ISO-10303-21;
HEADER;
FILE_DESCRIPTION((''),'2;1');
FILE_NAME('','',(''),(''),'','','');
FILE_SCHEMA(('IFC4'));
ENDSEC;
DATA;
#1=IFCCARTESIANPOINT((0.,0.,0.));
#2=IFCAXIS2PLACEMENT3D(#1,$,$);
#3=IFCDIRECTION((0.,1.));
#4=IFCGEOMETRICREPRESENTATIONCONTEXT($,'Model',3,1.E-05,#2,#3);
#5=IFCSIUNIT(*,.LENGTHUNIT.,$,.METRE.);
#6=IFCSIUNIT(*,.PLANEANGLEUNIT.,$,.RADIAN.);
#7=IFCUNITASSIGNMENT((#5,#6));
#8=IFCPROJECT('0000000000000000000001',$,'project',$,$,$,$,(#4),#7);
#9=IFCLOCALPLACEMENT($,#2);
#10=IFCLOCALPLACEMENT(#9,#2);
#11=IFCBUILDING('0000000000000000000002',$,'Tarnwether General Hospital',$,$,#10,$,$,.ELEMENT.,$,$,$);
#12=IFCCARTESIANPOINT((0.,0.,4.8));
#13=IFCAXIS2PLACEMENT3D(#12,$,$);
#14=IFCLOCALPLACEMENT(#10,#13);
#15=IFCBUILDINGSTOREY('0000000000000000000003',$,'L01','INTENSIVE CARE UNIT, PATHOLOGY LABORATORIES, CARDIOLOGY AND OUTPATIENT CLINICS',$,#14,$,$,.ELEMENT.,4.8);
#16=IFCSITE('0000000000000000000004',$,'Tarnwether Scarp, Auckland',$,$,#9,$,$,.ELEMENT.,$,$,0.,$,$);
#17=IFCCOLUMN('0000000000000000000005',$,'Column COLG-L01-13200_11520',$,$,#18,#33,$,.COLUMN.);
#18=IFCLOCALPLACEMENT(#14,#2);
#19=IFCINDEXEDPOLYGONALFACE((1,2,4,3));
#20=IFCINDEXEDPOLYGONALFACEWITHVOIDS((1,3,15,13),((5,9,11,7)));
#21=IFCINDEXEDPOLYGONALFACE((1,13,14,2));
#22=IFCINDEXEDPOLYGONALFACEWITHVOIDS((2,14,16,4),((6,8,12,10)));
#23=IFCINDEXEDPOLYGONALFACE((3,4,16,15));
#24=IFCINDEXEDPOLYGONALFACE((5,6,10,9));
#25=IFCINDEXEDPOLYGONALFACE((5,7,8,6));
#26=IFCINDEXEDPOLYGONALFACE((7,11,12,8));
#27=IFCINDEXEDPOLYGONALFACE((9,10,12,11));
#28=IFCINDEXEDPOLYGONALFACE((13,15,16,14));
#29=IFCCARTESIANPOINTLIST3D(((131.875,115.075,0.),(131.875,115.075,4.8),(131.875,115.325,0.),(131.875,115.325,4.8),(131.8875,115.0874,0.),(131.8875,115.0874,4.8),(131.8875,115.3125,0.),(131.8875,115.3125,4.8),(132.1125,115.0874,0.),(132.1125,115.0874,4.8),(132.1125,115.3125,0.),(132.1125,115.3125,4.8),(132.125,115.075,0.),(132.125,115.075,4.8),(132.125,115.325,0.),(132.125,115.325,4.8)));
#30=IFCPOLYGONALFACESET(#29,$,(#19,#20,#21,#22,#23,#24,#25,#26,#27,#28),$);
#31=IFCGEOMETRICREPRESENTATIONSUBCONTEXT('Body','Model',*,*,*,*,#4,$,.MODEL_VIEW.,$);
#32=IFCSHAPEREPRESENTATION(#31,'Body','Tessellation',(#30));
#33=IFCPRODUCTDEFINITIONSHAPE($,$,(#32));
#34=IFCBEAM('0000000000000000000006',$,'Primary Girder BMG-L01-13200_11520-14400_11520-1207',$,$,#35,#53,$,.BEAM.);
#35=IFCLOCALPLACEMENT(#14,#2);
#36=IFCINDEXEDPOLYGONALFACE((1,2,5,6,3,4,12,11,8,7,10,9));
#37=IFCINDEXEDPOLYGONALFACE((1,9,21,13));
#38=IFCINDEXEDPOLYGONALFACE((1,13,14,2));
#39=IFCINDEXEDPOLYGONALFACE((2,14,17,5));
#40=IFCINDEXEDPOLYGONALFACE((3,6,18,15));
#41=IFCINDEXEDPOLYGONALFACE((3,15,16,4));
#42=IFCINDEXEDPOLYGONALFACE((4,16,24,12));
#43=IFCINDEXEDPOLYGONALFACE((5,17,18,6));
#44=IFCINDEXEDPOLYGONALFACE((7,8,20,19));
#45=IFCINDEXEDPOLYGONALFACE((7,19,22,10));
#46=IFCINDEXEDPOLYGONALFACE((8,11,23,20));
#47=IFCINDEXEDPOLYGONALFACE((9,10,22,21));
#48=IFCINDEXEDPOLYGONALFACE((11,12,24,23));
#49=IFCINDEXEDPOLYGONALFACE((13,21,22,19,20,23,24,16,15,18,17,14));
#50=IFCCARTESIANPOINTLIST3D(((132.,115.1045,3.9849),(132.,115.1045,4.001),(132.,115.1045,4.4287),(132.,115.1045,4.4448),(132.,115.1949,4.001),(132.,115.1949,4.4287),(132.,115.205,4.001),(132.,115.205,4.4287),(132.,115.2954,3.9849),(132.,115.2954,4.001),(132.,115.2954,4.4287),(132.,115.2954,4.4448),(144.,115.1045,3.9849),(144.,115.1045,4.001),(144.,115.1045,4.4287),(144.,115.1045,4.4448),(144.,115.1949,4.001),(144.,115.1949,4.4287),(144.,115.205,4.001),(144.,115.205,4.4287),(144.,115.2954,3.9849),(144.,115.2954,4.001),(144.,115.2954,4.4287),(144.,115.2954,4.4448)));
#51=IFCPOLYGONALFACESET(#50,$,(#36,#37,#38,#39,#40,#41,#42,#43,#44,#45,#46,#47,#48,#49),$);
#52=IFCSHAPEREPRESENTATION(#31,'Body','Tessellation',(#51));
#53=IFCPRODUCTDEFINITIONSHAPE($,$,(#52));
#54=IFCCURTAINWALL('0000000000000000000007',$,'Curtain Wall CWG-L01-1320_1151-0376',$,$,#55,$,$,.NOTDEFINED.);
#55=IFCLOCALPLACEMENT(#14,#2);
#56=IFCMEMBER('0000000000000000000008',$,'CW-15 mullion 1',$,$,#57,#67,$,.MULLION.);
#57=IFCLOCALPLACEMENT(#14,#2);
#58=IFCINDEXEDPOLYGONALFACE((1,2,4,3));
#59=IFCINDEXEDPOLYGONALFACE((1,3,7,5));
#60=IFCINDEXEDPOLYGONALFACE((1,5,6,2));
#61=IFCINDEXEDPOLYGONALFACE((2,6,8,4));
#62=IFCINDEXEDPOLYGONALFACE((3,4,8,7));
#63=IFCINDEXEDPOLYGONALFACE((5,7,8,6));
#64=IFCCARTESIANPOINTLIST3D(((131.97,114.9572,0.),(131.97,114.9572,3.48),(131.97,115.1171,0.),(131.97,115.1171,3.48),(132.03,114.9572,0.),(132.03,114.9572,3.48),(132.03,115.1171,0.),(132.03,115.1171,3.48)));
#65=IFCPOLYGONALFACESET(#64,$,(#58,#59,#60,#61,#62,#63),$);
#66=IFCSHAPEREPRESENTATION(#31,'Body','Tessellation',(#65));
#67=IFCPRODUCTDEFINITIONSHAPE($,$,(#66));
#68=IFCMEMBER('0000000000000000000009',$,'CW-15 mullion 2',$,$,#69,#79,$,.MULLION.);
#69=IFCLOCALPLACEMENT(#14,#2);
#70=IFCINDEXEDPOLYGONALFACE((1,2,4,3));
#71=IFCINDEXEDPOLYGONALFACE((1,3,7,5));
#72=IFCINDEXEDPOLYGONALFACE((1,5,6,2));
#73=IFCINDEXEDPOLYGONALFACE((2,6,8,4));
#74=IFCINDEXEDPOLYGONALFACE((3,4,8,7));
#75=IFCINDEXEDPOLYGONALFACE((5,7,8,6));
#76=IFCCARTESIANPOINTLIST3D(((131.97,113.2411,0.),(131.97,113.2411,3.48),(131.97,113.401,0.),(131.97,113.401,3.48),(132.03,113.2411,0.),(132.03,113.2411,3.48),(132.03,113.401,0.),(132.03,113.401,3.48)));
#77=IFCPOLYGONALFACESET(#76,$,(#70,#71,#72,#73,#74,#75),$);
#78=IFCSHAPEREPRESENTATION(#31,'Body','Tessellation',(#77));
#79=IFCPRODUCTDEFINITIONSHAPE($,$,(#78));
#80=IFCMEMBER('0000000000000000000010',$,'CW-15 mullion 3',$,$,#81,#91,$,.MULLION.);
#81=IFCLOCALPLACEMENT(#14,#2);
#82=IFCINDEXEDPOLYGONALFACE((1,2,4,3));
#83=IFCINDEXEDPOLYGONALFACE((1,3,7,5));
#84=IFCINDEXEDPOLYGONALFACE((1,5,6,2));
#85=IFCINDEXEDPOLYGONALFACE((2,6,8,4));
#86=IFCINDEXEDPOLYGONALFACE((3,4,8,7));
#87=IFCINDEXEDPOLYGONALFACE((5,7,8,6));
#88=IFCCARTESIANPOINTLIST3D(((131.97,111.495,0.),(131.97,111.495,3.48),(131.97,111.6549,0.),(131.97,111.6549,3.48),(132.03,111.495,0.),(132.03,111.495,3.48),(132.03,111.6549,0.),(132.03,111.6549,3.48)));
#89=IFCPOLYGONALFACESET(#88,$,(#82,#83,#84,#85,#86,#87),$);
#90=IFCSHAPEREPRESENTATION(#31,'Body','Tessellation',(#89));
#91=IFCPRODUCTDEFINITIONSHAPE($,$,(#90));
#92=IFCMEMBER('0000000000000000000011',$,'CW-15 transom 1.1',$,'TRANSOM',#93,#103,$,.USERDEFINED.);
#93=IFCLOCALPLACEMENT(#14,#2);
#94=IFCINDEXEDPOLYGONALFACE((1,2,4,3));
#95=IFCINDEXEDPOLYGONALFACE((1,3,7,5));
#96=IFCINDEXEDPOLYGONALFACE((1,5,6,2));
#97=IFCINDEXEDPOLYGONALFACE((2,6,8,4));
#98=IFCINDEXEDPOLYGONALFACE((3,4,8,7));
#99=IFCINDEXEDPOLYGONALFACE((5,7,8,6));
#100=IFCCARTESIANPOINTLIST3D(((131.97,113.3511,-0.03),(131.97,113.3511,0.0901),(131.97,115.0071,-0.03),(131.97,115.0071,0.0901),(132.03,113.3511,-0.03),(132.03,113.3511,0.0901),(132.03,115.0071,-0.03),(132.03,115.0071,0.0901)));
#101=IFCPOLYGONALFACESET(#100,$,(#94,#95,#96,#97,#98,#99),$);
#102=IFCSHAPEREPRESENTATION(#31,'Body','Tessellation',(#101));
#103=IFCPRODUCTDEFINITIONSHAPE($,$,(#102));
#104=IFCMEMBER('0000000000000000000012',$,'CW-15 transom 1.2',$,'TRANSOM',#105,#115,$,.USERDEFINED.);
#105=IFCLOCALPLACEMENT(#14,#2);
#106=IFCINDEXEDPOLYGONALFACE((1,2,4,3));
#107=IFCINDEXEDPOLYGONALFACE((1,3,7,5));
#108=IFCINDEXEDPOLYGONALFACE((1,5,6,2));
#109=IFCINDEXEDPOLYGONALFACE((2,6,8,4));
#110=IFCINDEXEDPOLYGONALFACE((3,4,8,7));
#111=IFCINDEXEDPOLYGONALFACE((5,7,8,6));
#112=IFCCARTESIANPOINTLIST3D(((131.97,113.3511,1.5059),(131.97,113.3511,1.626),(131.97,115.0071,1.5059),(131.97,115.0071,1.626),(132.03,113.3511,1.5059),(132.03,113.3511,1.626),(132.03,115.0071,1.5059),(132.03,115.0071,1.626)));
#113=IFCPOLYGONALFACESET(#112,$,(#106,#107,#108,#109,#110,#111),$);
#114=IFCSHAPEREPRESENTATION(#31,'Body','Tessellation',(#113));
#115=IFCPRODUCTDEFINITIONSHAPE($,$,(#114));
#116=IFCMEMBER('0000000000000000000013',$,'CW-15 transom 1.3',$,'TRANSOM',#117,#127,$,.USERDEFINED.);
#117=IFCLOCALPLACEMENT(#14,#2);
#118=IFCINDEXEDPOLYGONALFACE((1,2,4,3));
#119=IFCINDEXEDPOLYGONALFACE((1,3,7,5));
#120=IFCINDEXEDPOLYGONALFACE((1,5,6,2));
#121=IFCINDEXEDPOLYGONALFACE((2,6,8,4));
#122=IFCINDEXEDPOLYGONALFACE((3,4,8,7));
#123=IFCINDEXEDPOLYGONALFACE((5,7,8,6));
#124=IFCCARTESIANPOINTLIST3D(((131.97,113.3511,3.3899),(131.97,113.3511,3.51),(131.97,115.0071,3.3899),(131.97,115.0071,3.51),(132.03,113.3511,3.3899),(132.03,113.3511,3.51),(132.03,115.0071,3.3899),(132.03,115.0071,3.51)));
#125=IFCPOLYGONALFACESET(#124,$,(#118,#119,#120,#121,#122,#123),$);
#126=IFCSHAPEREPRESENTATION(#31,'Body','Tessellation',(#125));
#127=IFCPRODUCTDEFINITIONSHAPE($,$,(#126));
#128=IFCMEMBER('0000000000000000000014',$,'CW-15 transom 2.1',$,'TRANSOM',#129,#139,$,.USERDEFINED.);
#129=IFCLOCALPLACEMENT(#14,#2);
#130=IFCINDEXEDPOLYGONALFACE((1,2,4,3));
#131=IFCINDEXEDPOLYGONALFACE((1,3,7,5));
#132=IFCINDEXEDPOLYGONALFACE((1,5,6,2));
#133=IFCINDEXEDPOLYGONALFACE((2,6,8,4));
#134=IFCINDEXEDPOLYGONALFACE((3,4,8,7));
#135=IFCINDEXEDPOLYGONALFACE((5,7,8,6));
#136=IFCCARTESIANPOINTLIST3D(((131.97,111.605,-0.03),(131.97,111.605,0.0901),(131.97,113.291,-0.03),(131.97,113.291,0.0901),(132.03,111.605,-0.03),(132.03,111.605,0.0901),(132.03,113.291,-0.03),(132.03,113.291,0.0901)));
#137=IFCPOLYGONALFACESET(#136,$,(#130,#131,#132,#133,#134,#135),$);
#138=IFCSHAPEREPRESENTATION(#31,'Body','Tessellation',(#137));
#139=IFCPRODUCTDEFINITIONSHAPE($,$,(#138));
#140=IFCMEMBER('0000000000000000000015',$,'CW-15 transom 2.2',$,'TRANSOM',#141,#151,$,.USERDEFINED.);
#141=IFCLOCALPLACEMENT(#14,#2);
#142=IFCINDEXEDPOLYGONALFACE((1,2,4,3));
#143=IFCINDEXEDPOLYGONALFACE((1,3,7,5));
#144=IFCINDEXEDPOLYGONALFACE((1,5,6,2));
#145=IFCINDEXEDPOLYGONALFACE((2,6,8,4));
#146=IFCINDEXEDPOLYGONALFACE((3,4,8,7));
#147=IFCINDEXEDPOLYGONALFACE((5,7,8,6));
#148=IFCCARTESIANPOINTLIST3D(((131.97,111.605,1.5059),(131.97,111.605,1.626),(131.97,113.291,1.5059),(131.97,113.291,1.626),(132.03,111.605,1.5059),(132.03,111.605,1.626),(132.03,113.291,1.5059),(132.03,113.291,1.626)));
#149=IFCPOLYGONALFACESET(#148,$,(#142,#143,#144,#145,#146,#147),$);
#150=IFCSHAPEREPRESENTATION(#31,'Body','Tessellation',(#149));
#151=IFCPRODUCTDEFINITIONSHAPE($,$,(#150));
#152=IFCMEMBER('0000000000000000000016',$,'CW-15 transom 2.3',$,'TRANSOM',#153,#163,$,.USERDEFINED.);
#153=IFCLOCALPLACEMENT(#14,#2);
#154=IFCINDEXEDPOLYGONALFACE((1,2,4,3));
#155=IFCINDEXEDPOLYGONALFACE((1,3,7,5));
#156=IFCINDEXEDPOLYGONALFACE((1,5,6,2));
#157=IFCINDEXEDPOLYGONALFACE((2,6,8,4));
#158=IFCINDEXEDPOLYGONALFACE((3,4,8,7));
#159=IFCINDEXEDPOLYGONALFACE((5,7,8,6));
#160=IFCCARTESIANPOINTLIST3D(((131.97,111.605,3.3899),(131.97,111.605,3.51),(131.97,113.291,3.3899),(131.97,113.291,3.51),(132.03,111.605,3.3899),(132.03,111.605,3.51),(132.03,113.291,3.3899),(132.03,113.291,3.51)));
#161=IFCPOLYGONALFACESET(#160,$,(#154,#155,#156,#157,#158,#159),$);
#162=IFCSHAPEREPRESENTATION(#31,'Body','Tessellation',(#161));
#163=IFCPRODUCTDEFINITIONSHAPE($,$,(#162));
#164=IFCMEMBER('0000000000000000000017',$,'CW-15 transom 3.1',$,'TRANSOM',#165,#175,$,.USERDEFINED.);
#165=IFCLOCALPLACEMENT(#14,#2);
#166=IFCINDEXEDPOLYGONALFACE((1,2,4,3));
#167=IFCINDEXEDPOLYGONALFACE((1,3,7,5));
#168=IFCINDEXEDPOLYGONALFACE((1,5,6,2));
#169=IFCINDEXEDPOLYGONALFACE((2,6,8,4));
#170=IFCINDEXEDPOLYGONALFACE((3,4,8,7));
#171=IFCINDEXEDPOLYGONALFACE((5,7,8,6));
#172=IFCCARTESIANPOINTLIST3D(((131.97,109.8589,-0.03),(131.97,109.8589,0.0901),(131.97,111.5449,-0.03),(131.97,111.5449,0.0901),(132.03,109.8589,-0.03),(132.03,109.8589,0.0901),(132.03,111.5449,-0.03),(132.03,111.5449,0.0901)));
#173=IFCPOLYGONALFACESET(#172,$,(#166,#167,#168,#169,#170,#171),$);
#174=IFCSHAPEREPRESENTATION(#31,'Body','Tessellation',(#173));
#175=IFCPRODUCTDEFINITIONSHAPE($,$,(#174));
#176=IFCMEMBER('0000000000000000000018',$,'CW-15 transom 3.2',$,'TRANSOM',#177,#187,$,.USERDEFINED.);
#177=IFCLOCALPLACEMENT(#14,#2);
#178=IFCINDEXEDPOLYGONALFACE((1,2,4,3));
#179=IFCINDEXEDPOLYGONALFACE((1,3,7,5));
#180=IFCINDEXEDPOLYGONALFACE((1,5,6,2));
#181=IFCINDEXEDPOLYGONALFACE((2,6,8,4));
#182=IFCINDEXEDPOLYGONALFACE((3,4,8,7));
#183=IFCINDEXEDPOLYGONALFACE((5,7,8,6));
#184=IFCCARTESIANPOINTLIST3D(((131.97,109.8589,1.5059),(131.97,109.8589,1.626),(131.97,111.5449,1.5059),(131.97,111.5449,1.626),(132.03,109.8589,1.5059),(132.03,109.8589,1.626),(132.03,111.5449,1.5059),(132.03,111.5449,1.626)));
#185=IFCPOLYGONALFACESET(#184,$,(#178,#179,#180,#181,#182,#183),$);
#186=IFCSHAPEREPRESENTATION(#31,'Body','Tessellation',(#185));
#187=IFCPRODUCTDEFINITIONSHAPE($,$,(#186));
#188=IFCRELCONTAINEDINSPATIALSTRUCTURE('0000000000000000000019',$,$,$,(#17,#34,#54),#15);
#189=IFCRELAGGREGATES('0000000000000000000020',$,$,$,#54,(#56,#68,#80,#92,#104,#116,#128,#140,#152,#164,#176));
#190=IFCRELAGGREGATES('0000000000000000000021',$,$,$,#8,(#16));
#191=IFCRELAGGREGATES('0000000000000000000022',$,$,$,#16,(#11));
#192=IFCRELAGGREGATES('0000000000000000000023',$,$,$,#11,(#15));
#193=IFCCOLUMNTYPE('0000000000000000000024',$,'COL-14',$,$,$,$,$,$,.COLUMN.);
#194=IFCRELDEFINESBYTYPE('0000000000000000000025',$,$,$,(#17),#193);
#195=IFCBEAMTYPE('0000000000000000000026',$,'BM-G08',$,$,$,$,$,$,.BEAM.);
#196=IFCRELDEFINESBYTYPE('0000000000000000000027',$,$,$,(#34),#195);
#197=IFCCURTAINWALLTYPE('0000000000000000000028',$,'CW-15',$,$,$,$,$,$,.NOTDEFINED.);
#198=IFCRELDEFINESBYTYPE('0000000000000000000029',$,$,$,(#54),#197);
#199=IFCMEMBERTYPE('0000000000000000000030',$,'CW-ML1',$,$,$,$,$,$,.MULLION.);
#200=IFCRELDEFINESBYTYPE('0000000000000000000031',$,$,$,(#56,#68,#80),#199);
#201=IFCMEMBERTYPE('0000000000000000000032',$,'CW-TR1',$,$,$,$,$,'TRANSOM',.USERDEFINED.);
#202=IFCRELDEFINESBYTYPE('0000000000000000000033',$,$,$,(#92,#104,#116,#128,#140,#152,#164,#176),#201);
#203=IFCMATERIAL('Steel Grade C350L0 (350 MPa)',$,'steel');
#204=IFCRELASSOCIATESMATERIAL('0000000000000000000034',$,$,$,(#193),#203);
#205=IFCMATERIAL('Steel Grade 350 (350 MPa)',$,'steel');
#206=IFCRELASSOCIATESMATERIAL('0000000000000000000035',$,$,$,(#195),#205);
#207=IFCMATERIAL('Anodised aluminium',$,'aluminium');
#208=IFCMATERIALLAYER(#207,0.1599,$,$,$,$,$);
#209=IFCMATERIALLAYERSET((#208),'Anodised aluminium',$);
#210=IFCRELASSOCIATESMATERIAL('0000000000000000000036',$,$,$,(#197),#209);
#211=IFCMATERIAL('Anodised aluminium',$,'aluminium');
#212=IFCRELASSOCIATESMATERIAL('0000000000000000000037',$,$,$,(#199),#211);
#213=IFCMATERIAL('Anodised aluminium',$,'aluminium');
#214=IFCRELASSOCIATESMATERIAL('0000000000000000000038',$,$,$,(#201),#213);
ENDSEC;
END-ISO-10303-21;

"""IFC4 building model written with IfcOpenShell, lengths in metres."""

from ifc_helpers import new_model, si_unit, direction, frame, origin, origin_2d, place, context, subcontext, project, spatial, rectangle, hollow_rectangle, i_section, extrude, material, layer, layer_set, material_profile, profile_set, type_object, element, aggregate, save


model = new_model("IFC4")

# Units and contexts
model_context = context("Model", 3, precision=1e-05, world=origin(), true_north=direction((0.0, 1.0)))
body_context = subcontext(model_context, "Body", "Model", "MODEL_VIEW")
ifc_project = project(units=[si_unit("LENGTHUNIT", "METRE"), si_unit("PLANEANGLEUNIT", "RADIAN")], contexts=[model_context])

# Site, building, storey
site_placement = place(None, origin())
site = spatial("IfcSite", under=ifc_project, at=site_placement, Name="Tarnwether Scarp, Auckland", CompositionType="ELEMENT", RefElevation=0.0)
building_placement = place(site_placement, origin())
building = spatial("IfcBuilding", under=site, at=building_placement, Name="Tarnwether General Hospital", CompositionType="ELEMENT")
storey_placement = place(building_placement, frame((0.0, 0.0, 4.8)))
storey = spatial("IfcBuildingStorey", under=building, at=storey_placement, Name="L01", Description="INTENSIVE CARE UNIT, PATHOLOGY LABORATORIES, CARDIOLOGY AND OUTPATIENT CLINICS", CompositionType="ELEMENT", Elevation=4.8)

# Column
ifc_material_1 = material(Name="Steel Grade C350L0 (350 MPa)", Category="steel")
ifc_material_profile_1 = material_profile(ifc_material_1, hollow_rectangle(XDim=0.25, YDim=0.25, WallThickness=0.0125, at=origin_2d()), Name="SHS250x250x12.5")
ifc_profile_set_1 = profile_set([ifc_material_profile_1], Name="Steel Grade C350L0 (350 MPa)")
column_type = type_object("IfcColumnType", Name="COL-14", PredefinedType="COLUMN", material=ifc_profile_set_1)
column_placement = place(storey_placement, frame((132.0, 115.2, 0.0), z_axis=(0.0, 0.0, 1.0), x_axis=(0.0, 1.0, 0.0)))
element("IfcColumn", 1, at=column_placement, inside=storey, type_object=column_type, Name="Column COLG-L01-13200_11520", PredefinedType="COLUMN", context=body_context, shape_type="SweptSolid", body=[
    extrude(hollow_rectangle(XDim=0.25, YDim=0.25, WallThickness=0.0125, at=origin_2d()), origin(), (0.0, 0.0, 1.0), 4.8),
])

# Beam
ifc_material_2 = material(Name="Steel Grade 350 (350 MPa)", Category="steel")
ifc_material_profile_2 = material_profile(ifc_material_2, i_section(OverallWidth=0.1909, OverallDepth=0.46, WebThickness=0.01, FlangeThickness=0.0161, at=origin_2d()), Name="460UB82.1")
ifc_profile_set_2 = profile_set([ifc_material_profile_2], Name="Steel Grade 350 (350 MPa)")
beam_type = type_object("IfcBeamType", Name="BM-G08", PredefinedType="BEAM", material=ifc_profile_set_2)
beam_placement = place(storey_placement, frame((132.0, 115.2, 4.2148), z_axis=(1.0, 0.0, 0.0), x_axis=(0.0, 1.0, 0.0)))
element("IfcBeam", 2, at=beam_placement, inside=storey, type_object=beam_type, Name="Primary Girder BMG-L01-13200_11520-14400_11520-1207", PredefinedType="BEAM", context=body_context, shape_type="SweptSolid", body=[
    extrude(i_section(OverallWidth=0.1909, OverallDepth=0.46, WebThickness=0.01, FlangeThickness=0.0161, at=origin_2d()), origin(), (0.0, 0.0, 1.0), 12.0),
])

# Curtain wall, members
ifc_material_3 = material(Name="Anodised aluminium", Category="aluminium")
ifc_layer_1 = layer(ifc_material_3, 0.1599)
ifc_layer_set_1 = layer_set([ifc_layer_1], Name="Anodised aluminium")
curtain_wall_type = type_object("IfcCurtainWallType", Name="CW-15", PredefinedType="NOTDEFINED", material=ifc_layer_set_1)
curtain_wall_placement = place(storey_placement, origin())
curtain_wall = element("IfcCurtainWall", 3, at=curtain_wall_placement, inside=storey, type_object=curtain_wall_type, Name="Curtain Wall CWG-L01-1320_1151-0376", PredefinedType="NOTDEFINED")
ifc_material_4 = material(Name="Anodised aluminium", Category="aluminium")
ifc_material_profile_3 = material_profile(ifc_material_4, rectangle(XDim=0.0601, YDim=0.1599, at=origin_2d()), Name="ALU-MUL-60x160")
ifc_profile_set_3 = profile_set([ifc_material_profile_3], Name="Anodised aluminium")
member_type_1 = type_object("IfcMemberType", Name="CW-ML1", PredefinedType="MULLION", material=ifc_profile_set_3)
member_1_placement = place(storey_placement, frame((132.0, 115.0371, 0.0), z_axis=(0.0, 0.0, 1.0), x_axis=(1.0, 0.0, 0.0)))
member_1 = element("IfcMember", 4, at=member_1_placement, type_object=member_type_1, Name="CW-15 mullion 1", PredefinedType="MULLION", context=body_context, shape_type="SweptSolid", body=[
    extrude(rectangle(XDim=0.0601, YDim=0.1599, at=origin_2d()), origin(), (0.0, 0.0, 1.0), 3.48),
])
member_2_placement = place(storey_placement, frame((132.0, 113.321, 0.0), z_axis=(0.0, 0.0, 1.0), x_axis=(1.0, 0.0, 0.0)))
member_2 = element("IfcMember", 5, at=member_2_placement, type_object=member_type_1, Name="CW-15 mullion 2", PredefinedType="MULLION", context=body_context, shape_type="SweptSolid", body=[
    extrude(rectangle(XDim=0.0601, YDim=0.1599, at=origin_2d()), origin(), (0.0, 0.0, 1.0), 3.48),
])
member_3_placement = place(storey_placement, frame((132.0, 111.575, 0.0), z_axis=(0.0, 0.0, 1.0), x_axis=(1.0, 0.0, 0.0)))
member_3 = element("IfcMember", 6, at=member_3_placement, type_object=member_type_1, Name="CW-15 mullion 3", PredefinedType="MULLION", context=body_context, shape_type="SweptSolid", body=[
    extrude(rectangle(XDim=0.0601, YDim=0.1599, at=origin_2d()), origin(), (0.0, 0.0, 1.0), 3.48),
])
ifc_material_5 = material(Name="Anodised aluminium", Category="aluminium")
ifc_material_profile_4 = material_profile(ifc_material_5, rectangle(XDim=0.0601, YDim=0.1201, at=origin_2d()), Name="ALU-TRN-60x120")
ifc_profile_set_4 = profile_set([ifc_material_profile_4], Name="Anodised aluminium")
member_type_2 = type_object("IfcMemberType", Name="CW-TR1", ElementType="TRANSOM", PredefinedType="USERDEFINED", material=ifc_profile_set_4)
member_4_placement = place(storey_placement, frame((132.0, 115.0071, 0.03), z_axis=(0.0, -1.0, 0.0), x_axis=(1.0, 0.0, 0.0)))
member_4 = element("IfcMember", 7, at=member_4_placement, type_object=member_type_2, Name="CW-15 transom 1.1", ObjectType="TRANSOM", PredefinedType="USERDEFINED", context=body_context, shape_type="SweptSolid", body=[
    extrude(rectangle(XDim=0.0601, YDim=0.1201, at=origin_2d()), origin(), (0.0, 0.0, 1.0), 1.656),
])
member_5_placement = place(storey_placement, frame((132.0, 115.0071, 1.5659), z_axis=(0.0, -1.0, 0.0), x_axis=(1.0, 0.0, 0.0)))
member_5 = element("IfcMember", 8, at=member_5_placement, type_object=member_type_2, Name="CW-15 transom 1.2", ObjectType="TRANSOM", PredefinedType="USERDEFINED", context=body_context, shape_type="SweptSolid", body=[
    extrude(rectangle(XDim=0.0601, YDim=0.1201, at=origin_2d()), origin(), (0.0, 0.0, 1.0), 1.656),
])
member_6_placement = place(storey_placement, frame((132.0, 115.0071, 3.45), z_axis=(0.0, -1.0, 0.0), x_axis=(1.0, 0.0, 0.0)))
member_6 = element("IfcMember", 9, at=member_6_placement, type_object=member_type_2, Name="CW-15 transom 1.3", ObjectType="TRANSOM", PredefinedType="USERDEFINED", context=body_context, shape_type="SweptSolid", body=[
    extrude(rectangle(XDim=0.0601, YDim=0.1201, at=origin_2d()), origin(), (0.0, 0.0, 1.0), 1.656),
])
member_7_placement = place(storey_placement, frame((132.0, 113.291, 0.03), z_axis=(0.0, -1.0, 0.0), x_axis=(1.0, 0.0, 0.0)))
member_7 = element("IfcMember", 10, at=member_7_placement, type_object=member_type_2, Name="CW-15 transom 2.1", ObjectType="TRANSOM", PredefinedType="USERDEFINED", context=body_context, shape_type="SweptSolid", body=[
    extrude(rectangle(XDim=0.0601, YDim=0.1201, at=origin_2d()), origin(), (0.0, 0.0, 1.0), 1.686),
])
member_8_placement = place(storey_placement, frame((132.0, 113.291, 1.5659), z_axis=(0.0, -1.0, 0.0), x_axis=(1.0, 0.0, 0.0)))
member_8 = element("IfcMember", 11, at=member_8_placement, type_object=member_type_2, Name="CW-15 transom 2.2", ObjectType="TRANSOM", PredefinedType="USERDEFINED", context=body_context, shape_type="SweptSolid", body=[
    extrude(rectangle(XDim=0.0601, YDim=0.1201, at=origin_2d()), origin(), (0.0, 0.0, 1.0), 1.686),
])
member_9_placement = place(storey_placement, frame((132.0, 113.291, 3.45), z_axis=(0.0, -1.0, 0.0), x_axis=(1.0, 0.0, 0.0)))
member_9 = element("IfcMember", 12, at=member_9_placement, type_object=member_type_2, Name="CW-15 transom 2.3", ObjectType="TRANSOM", PredefinedType="USERDEFINED", context=body_context, shape_type="SweptSolid", body=[
    extrude(rectangle(XDim=0.0601, YDim=0.1201, at=origin_2d()), origin(), (0.0, 0.0, 1.0), 1.686),
])
member_10_placement = place(storey_placement, frame((132.0, 111.5449, 0.03), z_axis=(0.0, -1.0, 0.0), x_axis=(1.0, 0.0, 0.0)))
member_10 = element("IfcMember", 13, at=member_10_placement, type_object=member_type_2, Name="CW-15 transom 3.1", ObjectType="TRANSOM", PredefinedType="USERDEFINED", context=body_context, shape_type="SweptSolid", body=[
    extrude(rectangle(XDim=0.0601, YDim=0.1201, at=origin_2d()), origin(), (0.0, 0.0, 1.0), 1.686),
])
member_11_placement = place(storey_placement, frame((132.0, 111.5449, 1.5659), z_axis=(0.0, -1.0, 0.0), x_axis=(1.0, 0.0, 0.0)))
member_11 = element("IfcMember", 14, at=member_11_placement, type_object=member_type_2, Name="CW-15 transom 3.2", ObjectType="TRANSOM", PredefinedType="USERDEFINED", context=body_context, shape_type="SweptSolid", body=[
    extrude(rectangle(XDim=0.0601, YDim=0.1201, at=origin_2d()), origin(), (0.0, 0.0, 1.0), 1.686),
])
aggregate(curtain_wall, [member_1, member_2, member_3, member_4, member_5, member_6, member_7, member_8, member_9, member_10, member_11])

save(model, "model.ifc")
